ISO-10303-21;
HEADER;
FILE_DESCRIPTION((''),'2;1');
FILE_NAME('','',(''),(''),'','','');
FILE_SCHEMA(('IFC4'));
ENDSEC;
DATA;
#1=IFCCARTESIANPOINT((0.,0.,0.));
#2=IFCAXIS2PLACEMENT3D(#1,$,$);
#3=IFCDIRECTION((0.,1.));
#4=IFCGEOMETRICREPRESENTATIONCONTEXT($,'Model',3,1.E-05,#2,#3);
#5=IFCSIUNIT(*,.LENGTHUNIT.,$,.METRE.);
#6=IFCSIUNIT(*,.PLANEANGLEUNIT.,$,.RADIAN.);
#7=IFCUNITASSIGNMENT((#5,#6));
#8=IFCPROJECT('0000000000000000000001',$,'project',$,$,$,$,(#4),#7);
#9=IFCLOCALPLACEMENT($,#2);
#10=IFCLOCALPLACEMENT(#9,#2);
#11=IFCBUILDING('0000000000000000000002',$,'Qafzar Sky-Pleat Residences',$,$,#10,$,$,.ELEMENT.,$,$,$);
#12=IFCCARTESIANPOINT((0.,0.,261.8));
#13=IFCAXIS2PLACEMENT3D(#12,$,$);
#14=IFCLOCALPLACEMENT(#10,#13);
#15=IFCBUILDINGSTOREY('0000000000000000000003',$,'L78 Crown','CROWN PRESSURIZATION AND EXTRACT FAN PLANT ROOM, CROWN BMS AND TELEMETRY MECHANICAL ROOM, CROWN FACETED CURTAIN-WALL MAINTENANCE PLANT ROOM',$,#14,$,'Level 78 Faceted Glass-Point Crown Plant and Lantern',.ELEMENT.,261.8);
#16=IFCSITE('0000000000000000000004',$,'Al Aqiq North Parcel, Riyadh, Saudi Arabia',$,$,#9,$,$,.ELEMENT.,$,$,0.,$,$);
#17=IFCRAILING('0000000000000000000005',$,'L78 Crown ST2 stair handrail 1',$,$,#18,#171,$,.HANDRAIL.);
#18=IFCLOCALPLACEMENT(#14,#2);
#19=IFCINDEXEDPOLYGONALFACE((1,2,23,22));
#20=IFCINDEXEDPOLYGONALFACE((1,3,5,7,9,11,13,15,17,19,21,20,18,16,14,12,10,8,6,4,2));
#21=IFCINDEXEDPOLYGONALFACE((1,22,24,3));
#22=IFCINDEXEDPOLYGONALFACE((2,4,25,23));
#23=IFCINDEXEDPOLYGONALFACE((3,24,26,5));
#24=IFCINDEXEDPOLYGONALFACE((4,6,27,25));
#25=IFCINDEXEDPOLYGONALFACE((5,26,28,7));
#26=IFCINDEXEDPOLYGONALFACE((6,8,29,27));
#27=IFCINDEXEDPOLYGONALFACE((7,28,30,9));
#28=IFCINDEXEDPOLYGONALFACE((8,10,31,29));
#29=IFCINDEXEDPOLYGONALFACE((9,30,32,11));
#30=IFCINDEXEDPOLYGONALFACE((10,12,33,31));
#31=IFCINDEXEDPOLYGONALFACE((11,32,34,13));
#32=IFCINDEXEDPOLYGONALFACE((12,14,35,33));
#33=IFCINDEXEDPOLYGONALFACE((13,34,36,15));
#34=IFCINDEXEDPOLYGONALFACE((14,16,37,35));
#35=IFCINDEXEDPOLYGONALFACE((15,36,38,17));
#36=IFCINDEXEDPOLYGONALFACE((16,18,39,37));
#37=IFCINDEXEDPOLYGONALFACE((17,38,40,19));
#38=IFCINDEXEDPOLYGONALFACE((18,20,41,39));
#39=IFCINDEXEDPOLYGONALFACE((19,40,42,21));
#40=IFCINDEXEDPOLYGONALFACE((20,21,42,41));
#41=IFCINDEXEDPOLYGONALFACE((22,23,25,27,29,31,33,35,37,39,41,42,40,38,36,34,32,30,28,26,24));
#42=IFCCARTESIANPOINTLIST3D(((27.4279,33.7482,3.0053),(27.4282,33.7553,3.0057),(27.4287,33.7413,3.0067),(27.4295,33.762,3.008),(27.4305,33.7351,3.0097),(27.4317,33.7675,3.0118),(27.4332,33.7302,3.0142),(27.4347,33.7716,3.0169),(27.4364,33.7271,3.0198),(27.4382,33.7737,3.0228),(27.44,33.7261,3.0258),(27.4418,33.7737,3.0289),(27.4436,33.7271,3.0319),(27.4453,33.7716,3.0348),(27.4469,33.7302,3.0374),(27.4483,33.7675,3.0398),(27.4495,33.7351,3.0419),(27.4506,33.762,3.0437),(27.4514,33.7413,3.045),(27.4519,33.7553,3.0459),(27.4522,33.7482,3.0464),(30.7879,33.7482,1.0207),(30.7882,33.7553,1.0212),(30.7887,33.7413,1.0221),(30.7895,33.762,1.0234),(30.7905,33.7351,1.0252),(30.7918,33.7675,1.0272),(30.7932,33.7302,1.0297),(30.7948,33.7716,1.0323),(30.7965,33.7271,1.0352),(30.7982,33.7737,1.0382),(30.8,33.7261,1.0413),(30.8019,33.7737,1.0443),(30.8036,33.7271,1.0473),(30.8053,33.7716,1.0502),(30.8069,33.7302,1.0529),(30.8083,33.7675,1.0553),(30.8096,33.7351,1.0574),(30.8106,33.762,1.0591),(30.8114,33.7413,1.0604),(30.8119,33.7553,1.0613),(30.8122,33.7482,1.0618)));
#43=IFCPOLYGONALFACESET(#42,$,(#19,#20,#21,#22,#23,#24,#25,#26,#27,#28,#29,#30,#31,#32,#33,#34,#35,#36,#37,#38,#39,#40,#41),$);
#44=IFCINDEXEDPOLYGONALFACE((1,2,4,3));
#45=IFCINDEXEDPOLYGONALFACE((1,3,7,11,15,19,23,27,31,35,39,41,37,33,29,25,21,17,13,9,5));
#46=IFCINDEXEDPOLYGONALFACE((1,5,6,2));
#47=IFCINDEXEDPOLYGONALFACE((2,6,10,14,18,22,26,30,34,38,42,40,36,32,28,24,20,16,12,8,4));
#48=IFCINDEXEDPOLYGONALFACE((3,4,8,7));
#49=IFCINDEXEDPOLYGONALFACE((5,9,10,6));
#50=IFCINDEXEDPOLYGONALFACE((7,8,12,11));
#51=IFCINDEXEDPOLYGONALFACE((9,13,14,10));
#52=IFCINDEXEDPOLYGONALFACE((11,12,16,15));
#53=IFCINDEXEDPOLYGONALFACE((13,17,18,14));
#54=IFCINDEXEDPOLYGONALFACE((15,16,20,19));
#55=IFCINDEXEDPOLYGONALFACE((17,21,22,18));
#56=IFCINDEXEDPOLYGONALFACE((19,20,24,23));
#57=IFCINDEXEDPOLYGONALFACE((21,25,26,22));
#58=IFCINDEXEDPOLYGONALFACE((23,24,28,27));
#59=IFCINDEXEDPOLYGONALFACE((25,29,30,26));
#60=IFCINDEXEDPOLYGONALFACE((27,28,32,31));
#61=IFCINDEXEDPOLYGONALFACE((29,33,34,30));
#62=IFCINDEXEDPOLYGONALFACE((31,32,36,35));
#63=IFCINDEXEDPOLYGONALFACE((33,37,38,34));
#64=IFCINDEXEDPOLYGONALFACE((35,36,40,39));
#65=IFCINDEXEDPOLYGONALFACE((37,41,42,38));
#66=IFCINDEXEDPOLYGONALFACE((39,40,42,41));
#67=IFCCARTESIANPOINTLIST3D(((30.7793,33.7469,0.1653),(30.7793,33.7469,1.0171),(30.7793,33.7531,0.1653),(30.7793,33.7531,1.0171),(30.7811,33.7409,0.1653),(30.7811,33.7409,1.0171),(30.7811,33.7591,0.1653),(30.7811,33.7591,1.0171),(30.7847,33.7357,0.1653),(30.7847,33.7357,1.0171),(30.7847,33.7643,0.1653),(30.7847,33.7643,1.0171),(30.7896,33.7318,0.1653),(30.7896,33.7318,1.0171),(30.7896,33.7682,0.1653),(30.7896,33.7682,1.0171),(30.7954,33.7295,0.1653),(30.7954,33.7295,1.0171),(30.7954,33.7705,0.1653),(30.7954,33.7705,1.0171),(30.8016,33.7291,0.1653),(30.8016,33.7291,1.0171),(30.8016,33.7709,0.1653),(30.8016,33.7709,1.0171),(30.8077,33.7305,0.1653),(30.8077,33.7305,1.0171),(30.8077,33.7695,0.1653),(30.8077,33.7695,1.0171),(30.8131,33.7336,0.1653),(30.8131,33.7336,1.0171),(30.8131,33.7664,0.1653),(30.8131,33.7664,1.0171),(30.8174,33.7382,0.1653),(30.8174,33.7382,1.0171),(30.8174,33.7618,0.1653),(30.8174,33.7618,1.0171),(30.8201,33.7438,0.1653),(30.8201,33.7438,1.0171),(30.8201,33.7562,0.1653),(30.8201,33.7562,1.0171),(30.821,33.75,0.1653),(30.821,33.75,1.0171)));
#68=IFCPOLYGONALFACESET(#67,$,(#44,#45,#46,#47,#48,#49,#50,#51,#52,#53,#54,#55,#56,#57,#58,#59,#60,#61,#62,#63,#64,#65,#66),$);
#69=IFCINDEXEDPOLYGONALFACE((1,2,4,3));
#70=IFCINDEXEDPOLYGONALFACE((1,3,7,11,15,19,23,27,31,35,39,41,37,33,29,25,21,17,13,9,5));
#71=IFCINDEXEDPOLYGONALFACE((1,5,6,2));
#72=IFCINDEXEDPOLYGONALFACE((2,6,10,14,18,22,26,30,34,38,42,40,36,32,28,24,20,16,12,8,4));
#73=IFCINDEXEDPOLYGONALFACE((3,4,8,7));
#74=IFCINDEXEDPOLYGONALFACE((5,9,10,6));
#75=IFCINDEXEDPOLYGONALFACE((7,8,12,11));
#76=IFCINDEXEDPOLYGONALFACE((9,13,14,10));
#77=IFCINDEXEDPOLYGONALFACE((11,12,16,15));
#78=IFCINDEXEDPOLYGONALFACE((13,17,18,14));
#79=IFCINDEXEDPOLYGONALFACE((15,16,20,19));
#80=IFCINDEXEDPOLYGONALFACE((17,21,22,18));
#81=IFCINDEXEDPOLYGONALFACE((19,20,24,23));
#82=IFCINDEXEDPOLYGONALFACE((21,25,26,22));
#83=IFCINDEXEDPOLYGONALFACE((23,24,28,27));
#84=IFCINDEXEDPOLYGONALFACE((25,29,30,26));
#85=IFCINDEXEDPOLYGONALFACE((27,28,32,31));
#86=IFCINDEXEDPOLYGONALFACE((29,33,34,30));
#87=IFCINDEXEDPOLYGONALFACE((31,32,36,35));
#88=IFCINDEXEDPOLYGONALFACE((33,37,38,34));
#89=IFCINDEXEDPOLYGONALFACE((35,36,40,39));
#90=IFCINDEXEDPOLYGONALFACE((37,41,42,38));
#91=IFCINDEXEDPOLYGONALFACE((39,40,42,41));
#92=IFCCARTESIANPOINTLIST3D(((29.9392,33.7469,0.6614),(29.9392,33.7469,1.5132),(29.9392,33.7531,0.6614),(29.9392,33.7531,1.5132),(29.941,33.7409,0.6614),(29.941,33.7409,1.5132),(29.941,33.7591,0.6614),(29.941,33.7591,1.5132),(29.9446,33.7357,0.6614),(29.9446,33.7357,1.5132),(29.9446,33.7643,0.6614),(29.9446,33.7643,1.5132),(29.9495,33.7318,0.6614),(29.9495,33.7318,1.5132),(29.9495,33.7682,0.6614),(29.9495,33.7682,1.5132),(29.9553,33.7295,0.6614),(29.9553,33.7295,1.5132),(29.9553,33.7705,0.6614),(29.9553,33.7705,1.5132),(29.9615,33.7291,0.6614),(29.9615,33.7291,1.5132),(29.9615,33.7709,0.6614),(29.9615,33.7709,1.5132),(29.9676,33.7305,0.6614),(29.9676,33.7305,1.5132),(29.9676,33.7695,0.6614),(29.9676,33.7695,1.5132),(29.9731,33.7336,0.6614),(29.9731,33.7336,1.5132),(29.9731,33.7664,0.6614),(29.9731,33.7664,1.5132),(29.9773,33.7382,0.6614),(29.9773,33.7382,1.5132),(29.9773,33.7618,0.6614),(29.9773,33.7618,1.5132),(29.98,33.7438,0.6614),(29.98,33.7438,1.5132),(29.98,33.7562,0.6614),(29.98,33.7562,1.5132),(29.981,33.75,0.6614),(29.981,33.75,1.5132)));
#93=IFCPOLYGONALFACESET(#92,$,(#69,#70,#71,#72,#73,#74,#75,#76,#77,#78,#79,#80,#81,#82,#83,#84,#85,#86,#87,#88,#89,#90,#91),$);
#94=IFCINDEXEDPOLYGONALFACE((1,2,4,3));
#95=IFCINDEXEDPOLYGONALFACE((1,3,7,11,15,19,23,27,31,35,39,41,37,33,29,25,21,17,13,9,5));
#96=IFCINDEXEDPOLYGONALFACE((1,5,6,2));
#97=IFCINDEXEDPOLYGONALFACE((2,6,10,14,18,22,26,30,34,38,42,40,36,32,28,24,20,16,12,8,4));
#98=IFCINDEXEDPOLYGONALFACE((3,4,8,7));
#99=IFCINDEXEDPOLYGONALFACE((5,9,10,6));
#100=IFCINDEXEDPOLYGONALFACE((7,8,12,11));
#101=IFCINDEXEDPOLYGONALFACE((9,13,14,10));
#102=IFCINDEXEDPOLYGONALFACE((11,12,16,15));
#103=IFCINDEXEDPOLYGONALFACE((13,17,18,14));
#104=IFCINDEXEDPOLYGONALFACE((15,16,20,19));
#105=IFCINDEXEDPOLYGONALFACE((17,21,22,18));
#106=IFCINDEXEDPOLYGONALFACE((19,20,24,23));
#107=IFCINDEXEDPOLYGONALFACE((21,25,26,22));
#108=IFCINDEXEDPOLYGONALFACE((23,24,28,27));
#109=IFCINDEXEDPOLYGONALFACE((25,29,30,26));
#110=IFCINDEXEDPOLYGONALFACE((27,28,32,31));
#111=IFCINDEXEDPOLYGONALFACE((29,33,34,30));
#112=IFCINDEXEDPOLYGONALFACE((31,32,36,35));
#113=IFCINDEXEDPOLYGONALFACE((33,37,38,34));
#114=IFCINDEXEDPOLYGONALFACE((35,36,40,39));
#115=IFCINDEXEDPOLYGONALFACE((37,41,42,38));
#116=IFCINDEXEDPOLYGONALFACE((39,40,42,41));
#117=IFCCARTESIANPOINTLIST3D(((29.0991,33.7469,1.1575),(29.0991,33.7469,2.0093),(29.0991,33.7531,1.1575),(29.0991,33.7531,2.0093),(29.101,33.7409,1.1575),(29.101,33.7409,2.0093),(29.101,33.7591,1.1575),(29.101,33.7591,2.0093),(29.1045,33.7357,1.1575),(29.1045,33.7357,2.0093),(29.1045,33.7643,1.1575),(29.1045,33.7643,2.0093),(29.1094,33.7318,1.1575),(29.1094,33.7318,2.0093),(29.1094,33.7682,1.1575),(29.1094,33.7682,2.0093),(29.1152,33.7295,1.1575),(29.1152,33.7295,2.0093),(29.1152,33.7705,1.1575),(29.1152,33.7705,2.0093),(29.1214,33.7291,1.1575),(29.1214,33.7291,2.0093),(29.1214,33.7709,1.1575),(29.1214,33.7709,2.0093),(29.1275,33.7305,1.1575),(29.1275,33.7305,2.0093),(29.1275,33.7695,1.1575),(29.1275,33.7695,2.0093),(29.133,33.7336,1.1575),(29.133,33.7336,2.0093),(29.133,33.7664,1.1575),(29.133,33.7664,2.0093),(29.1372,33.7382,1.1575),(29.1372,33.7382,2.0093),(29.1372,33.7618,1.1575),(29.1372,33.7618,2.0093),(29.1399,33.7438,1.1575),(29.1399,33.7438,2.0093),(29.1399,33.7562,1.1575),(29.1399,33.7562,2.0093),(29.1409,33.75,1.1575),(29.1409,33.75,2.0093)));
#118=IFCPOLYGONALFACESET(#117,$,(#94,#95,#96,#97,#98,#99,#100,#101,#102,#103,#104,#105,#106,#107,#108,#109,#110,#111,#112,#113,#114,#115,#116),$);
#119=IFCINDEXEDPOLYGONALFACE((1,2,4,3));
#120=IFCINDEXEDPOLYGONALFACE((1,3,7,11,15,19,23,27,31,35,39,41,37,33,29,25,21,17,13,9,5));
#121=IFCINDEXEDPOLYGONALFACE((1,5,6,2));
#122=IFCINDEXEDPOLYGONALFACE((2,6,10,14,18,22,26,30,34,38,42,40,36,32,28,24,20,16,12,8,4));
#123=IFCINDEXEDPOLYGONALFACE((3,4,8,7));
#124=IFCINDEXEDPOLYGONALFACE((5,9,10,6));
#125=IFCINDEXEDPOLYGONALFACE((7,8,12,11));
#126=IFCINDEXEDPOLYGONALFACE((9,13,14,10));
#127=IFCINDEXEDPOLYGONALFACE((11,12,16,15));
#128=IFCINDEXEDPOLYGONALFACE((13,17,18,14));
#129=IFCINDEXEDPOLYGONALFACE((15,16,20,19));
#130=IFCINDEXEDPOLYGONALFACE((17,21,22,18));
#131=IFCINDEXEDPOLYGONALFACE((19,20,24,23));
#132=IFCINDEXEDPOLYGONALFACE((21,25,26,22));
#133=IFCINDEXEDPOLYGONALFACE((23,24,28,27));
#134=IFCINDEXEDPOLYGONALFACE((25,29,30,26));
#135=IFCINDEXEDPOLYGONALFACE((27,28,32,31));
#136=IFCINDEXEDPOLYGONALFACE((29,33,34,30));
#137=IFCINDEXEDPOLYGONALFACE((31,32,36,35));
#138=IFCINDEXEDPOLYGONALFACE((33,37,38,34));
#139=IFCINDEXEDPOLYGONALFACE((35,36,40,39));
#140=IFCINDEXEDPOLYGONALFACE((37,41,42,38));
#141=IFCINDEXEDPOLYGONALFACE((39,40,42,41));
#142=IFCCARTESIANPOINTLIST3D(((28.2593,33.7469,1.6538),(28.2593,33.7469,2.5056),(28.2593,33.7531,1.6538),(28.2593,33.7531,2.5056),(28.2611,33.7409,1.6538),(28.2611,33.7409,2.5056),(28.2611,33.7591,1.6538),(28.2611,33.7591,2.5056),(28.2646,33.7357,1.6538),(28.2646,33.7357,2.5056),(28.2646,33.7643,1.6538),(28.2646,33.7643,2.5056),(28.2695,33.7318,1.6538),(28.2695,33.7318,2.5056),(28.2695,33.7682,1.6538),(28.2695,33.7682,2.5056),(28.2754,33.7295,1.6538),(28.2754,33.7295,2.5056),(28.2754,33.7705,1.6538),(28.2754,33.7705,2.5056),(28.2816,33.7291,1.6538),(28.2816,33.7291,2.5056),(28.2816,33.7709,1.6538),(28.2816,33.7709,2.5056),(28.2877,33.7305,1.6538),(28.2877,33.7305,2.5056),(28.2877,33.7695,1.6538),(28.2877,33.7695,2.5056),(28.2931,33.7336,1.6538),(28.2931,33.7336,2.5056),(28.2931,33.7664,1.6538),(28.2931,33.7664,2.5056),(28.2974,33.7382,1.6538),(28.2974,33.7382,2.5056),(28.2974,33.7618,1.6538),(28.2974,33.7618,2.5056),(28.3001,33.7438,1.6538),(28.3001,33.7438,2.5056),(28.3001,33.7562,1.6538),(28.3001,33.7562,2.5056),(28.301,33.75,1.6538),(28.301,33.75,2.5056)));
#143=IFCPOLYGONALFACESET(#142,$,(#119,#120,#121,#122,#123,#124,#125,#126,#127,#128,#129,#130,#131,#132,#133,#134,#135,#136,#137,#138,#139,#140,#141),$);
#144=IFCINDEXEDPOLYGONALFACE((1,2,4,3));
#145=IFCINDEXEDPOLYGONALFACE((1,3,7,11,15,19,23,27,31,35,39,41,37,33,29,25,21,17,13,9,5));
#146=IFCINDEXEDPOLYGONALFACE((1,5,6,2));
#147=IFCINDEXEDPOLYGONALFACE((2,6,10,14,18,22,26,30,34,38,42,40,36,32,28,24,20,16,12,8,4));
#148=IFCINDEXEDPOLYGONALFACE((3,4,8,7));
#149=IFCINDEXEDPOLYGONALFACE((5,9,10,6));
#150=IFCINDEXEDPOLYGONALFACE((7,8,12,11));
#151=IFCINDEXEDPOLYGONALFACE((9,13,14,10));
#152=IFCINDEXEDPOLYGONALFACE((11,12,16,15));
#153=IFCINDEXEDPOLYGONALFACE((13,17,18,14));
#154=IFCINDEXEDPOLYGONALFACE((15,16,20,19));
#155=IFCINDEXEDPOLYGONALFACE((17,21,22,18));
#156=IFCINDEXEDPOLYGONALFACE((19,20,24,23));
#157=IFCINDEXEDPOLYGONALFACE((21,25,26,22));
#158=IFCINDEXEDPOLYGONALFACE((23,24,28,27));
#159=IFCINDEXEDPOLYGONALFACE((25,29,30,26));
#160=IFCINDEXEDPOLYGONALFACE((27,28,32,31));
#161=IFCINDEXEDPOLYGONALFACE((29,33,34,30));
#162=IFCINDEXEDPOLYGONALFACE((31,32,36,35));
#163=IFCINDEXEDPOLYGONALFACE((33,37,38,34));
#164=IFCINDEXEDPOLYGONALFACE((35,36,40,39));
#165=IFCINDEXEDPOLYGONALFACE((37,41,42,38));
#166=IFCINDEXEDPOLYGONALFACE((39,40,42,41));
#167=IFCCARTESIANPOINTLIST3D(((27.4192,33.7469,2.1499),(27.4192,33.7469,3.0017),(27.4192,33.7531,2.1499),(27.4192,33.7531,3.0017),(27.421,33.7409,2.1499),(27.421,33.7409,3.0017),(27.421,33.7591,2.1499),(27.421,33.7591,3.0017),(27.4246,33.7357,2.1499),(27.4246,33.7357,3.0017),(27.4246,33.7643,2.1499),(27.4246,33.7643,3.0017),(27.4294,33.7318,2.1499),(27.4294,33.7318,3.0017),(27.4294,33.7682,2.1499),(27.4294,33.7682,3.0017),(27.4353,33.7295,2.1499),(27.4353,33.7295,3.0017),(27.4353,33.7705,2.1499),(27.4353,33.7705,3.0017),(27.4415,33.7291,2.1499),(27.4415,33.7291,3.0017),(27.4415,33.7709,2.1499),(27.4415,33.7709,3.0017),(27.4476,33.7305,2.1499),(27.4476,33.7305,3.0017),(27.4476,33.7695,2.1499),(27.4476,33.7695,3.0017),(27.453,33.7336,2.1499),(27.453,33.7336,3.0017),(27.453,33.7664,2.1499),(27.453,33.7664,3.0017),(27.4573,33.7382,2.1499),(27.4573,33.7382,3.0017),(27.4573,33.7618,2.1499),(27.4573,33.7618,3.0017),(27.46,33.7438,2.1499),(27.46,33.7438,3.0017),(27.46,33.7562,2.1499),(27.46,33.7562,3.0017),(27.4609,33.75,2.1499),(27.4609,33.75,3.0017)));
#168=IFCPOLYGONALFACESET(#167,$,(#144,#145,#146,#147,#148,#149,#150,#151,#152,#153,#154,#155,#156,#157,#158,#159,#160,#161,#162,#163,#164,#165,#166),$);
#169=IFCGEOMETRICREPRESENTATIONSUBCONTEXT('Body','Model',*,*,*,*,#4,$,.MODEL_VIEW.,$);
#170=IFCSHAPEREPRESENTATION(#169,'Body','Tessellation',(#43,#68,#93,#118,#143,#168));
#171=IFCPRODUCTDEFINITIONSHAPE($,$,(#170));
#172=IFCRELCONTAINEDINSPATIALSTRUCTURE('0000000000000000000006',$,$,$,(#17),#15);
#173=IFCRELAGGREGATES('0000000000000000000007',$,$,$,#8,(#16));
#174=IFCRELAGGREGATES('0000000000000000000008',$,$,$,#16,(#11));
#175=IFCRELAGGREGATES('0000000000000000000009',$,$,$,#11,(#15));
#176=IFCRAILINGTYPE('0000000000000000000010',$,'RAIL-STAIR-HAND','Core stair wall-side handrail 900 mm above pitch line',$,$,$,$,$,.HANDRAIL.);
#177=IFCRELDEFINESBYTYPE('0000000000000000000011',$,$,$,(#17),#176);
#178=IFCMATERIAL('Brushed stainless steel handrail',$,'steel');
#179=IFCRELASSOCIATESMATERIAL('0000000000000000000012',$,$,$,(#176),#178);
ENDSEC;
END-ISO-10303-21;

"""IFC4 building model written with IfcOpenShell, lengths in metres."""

from ifc_helpers import new_model, si_unit, direction, frame, origin, origin_2d, place, context, subcontext, project, spatial, circle, extrude, source, transform, mapped, material, type_object, element, save


model = new_model("IFC4")

# Units and contexts
model_context = context("Model", 3, precision=1e-05, world=origin(), true_north=direction((0.0, 1.0)))
body_context = subcontext(model_context, "Body", "Model", "MODEL_VIEW")
ifc_project = project(units=[si_unit("LENGTHUNIT", "METRE"), si_unit("PLANEANGLEUNIT", "RADIAN")], contexts=[model_context])

# Site, building, storey
site_placement = place(None, origin())
site = spatial("IfcSite", under=ifc_project, at=site_placement, Name="Al Aqiq North Parcel, Riyadh, Saudi Arabia", CompositionType="ELEMENT", RefElevation=0.0)
building_placement = place(site_placement, origin())
building = spatial("IfcBuilding", under=site, at=building_placement, Name="Qafzar Sky-Pleat Residences", CompositionType="ELEMENT")
storey_placement = place(building_placement, frame((0.0, 0.0, 261.8)))
storey = spatial("IfcBuildingStorey", under=building, at=storey_placement, Name="L78 Crown", Description="CROWN PRESSURIZATION AND EXTRACT FAN PLANT ROOM, CROWN BMS AND TELEMETRY MECHANICAL ROOM, CROWN FACETED CURTAIN-WALL MAINTENANCE PLANT ROOM", LongName="Level 78 Faceted Glass-Point Crown Plant and Lantern", CompositionType="ELEMENT", Elevation=261.8)

# Railing
ifc_material_1 = material(Name="Brushed stainless steel handrail", Category="steel")
railing_type_1 = type_object("IfcRailingType", Name="RAIL-STAIR-HAND", Description="Core stair wall-side handrail 900 mm above pitch line", PredefinedType="HANDRAIL", material=ifc_material_1)
shared_shape_1 = source(origin(), body_context, "Body", "SweptSolid", [
    extrude(circle(Radius=0.0239, at=origin_2d()), frame((0.0, 0.0, 0.876), z_axis=(-0.861027, 0.0, 0.508559), x_axis=(0.0, -1.0, 0.0)), (0.0, 0.0, 1.0), 3.9023),
    extrude(circle(Radius=0.021, at=origin_2d()), origin(), (0.0, 0.0, 1.0), 0.8518),
    extrude(circle(Radius=0.021, at=origin_2d()), frame((-0.8401, 0.0, 0.4961)), (0.0, 0.0, 1.0), 0.8518),
    extrude(circle(Radius=0.021, at=origin_2d()), frame((-1.6802, 0.0, 0.9922)), (0.0, 0.0, 1.0), 0.8518),
    extrude(circle(Radius=0.021, at=origin_2d()), frame((-2.52, 0.0, 1.4885)), (0.0, 0.0, 1.0), 0.8518),
    extrude(circle(Radius=0.021, at=origin_2d()), frame((-3.3601, 0.0, 1.9846)), (0.0, 0.0, 1.0), 0.8518),
])
railing_1_placement = place(storey_placement, frame((30.8, 33.75, 0.1653)))
element("IfcRailing", 1, at=railing_1_placement, inside=storey, type_object=railing_type_1, Name="L78 Crown ST2 stair handrail 1", PredefinedType="HANDRAIL", context=body_context, shape_type="MappedRepresentation", body=[
    mapped(shared_shape_1, transform((0.0, 0.0, 0.0), x_axis=(1.0, 0.0, 0.0), y_axis=(0.0, 1.0, 0.0), z_axis=(0.0, 0.0, 1.0), scale=1.0)),
])

save(model, "model.ifc")
